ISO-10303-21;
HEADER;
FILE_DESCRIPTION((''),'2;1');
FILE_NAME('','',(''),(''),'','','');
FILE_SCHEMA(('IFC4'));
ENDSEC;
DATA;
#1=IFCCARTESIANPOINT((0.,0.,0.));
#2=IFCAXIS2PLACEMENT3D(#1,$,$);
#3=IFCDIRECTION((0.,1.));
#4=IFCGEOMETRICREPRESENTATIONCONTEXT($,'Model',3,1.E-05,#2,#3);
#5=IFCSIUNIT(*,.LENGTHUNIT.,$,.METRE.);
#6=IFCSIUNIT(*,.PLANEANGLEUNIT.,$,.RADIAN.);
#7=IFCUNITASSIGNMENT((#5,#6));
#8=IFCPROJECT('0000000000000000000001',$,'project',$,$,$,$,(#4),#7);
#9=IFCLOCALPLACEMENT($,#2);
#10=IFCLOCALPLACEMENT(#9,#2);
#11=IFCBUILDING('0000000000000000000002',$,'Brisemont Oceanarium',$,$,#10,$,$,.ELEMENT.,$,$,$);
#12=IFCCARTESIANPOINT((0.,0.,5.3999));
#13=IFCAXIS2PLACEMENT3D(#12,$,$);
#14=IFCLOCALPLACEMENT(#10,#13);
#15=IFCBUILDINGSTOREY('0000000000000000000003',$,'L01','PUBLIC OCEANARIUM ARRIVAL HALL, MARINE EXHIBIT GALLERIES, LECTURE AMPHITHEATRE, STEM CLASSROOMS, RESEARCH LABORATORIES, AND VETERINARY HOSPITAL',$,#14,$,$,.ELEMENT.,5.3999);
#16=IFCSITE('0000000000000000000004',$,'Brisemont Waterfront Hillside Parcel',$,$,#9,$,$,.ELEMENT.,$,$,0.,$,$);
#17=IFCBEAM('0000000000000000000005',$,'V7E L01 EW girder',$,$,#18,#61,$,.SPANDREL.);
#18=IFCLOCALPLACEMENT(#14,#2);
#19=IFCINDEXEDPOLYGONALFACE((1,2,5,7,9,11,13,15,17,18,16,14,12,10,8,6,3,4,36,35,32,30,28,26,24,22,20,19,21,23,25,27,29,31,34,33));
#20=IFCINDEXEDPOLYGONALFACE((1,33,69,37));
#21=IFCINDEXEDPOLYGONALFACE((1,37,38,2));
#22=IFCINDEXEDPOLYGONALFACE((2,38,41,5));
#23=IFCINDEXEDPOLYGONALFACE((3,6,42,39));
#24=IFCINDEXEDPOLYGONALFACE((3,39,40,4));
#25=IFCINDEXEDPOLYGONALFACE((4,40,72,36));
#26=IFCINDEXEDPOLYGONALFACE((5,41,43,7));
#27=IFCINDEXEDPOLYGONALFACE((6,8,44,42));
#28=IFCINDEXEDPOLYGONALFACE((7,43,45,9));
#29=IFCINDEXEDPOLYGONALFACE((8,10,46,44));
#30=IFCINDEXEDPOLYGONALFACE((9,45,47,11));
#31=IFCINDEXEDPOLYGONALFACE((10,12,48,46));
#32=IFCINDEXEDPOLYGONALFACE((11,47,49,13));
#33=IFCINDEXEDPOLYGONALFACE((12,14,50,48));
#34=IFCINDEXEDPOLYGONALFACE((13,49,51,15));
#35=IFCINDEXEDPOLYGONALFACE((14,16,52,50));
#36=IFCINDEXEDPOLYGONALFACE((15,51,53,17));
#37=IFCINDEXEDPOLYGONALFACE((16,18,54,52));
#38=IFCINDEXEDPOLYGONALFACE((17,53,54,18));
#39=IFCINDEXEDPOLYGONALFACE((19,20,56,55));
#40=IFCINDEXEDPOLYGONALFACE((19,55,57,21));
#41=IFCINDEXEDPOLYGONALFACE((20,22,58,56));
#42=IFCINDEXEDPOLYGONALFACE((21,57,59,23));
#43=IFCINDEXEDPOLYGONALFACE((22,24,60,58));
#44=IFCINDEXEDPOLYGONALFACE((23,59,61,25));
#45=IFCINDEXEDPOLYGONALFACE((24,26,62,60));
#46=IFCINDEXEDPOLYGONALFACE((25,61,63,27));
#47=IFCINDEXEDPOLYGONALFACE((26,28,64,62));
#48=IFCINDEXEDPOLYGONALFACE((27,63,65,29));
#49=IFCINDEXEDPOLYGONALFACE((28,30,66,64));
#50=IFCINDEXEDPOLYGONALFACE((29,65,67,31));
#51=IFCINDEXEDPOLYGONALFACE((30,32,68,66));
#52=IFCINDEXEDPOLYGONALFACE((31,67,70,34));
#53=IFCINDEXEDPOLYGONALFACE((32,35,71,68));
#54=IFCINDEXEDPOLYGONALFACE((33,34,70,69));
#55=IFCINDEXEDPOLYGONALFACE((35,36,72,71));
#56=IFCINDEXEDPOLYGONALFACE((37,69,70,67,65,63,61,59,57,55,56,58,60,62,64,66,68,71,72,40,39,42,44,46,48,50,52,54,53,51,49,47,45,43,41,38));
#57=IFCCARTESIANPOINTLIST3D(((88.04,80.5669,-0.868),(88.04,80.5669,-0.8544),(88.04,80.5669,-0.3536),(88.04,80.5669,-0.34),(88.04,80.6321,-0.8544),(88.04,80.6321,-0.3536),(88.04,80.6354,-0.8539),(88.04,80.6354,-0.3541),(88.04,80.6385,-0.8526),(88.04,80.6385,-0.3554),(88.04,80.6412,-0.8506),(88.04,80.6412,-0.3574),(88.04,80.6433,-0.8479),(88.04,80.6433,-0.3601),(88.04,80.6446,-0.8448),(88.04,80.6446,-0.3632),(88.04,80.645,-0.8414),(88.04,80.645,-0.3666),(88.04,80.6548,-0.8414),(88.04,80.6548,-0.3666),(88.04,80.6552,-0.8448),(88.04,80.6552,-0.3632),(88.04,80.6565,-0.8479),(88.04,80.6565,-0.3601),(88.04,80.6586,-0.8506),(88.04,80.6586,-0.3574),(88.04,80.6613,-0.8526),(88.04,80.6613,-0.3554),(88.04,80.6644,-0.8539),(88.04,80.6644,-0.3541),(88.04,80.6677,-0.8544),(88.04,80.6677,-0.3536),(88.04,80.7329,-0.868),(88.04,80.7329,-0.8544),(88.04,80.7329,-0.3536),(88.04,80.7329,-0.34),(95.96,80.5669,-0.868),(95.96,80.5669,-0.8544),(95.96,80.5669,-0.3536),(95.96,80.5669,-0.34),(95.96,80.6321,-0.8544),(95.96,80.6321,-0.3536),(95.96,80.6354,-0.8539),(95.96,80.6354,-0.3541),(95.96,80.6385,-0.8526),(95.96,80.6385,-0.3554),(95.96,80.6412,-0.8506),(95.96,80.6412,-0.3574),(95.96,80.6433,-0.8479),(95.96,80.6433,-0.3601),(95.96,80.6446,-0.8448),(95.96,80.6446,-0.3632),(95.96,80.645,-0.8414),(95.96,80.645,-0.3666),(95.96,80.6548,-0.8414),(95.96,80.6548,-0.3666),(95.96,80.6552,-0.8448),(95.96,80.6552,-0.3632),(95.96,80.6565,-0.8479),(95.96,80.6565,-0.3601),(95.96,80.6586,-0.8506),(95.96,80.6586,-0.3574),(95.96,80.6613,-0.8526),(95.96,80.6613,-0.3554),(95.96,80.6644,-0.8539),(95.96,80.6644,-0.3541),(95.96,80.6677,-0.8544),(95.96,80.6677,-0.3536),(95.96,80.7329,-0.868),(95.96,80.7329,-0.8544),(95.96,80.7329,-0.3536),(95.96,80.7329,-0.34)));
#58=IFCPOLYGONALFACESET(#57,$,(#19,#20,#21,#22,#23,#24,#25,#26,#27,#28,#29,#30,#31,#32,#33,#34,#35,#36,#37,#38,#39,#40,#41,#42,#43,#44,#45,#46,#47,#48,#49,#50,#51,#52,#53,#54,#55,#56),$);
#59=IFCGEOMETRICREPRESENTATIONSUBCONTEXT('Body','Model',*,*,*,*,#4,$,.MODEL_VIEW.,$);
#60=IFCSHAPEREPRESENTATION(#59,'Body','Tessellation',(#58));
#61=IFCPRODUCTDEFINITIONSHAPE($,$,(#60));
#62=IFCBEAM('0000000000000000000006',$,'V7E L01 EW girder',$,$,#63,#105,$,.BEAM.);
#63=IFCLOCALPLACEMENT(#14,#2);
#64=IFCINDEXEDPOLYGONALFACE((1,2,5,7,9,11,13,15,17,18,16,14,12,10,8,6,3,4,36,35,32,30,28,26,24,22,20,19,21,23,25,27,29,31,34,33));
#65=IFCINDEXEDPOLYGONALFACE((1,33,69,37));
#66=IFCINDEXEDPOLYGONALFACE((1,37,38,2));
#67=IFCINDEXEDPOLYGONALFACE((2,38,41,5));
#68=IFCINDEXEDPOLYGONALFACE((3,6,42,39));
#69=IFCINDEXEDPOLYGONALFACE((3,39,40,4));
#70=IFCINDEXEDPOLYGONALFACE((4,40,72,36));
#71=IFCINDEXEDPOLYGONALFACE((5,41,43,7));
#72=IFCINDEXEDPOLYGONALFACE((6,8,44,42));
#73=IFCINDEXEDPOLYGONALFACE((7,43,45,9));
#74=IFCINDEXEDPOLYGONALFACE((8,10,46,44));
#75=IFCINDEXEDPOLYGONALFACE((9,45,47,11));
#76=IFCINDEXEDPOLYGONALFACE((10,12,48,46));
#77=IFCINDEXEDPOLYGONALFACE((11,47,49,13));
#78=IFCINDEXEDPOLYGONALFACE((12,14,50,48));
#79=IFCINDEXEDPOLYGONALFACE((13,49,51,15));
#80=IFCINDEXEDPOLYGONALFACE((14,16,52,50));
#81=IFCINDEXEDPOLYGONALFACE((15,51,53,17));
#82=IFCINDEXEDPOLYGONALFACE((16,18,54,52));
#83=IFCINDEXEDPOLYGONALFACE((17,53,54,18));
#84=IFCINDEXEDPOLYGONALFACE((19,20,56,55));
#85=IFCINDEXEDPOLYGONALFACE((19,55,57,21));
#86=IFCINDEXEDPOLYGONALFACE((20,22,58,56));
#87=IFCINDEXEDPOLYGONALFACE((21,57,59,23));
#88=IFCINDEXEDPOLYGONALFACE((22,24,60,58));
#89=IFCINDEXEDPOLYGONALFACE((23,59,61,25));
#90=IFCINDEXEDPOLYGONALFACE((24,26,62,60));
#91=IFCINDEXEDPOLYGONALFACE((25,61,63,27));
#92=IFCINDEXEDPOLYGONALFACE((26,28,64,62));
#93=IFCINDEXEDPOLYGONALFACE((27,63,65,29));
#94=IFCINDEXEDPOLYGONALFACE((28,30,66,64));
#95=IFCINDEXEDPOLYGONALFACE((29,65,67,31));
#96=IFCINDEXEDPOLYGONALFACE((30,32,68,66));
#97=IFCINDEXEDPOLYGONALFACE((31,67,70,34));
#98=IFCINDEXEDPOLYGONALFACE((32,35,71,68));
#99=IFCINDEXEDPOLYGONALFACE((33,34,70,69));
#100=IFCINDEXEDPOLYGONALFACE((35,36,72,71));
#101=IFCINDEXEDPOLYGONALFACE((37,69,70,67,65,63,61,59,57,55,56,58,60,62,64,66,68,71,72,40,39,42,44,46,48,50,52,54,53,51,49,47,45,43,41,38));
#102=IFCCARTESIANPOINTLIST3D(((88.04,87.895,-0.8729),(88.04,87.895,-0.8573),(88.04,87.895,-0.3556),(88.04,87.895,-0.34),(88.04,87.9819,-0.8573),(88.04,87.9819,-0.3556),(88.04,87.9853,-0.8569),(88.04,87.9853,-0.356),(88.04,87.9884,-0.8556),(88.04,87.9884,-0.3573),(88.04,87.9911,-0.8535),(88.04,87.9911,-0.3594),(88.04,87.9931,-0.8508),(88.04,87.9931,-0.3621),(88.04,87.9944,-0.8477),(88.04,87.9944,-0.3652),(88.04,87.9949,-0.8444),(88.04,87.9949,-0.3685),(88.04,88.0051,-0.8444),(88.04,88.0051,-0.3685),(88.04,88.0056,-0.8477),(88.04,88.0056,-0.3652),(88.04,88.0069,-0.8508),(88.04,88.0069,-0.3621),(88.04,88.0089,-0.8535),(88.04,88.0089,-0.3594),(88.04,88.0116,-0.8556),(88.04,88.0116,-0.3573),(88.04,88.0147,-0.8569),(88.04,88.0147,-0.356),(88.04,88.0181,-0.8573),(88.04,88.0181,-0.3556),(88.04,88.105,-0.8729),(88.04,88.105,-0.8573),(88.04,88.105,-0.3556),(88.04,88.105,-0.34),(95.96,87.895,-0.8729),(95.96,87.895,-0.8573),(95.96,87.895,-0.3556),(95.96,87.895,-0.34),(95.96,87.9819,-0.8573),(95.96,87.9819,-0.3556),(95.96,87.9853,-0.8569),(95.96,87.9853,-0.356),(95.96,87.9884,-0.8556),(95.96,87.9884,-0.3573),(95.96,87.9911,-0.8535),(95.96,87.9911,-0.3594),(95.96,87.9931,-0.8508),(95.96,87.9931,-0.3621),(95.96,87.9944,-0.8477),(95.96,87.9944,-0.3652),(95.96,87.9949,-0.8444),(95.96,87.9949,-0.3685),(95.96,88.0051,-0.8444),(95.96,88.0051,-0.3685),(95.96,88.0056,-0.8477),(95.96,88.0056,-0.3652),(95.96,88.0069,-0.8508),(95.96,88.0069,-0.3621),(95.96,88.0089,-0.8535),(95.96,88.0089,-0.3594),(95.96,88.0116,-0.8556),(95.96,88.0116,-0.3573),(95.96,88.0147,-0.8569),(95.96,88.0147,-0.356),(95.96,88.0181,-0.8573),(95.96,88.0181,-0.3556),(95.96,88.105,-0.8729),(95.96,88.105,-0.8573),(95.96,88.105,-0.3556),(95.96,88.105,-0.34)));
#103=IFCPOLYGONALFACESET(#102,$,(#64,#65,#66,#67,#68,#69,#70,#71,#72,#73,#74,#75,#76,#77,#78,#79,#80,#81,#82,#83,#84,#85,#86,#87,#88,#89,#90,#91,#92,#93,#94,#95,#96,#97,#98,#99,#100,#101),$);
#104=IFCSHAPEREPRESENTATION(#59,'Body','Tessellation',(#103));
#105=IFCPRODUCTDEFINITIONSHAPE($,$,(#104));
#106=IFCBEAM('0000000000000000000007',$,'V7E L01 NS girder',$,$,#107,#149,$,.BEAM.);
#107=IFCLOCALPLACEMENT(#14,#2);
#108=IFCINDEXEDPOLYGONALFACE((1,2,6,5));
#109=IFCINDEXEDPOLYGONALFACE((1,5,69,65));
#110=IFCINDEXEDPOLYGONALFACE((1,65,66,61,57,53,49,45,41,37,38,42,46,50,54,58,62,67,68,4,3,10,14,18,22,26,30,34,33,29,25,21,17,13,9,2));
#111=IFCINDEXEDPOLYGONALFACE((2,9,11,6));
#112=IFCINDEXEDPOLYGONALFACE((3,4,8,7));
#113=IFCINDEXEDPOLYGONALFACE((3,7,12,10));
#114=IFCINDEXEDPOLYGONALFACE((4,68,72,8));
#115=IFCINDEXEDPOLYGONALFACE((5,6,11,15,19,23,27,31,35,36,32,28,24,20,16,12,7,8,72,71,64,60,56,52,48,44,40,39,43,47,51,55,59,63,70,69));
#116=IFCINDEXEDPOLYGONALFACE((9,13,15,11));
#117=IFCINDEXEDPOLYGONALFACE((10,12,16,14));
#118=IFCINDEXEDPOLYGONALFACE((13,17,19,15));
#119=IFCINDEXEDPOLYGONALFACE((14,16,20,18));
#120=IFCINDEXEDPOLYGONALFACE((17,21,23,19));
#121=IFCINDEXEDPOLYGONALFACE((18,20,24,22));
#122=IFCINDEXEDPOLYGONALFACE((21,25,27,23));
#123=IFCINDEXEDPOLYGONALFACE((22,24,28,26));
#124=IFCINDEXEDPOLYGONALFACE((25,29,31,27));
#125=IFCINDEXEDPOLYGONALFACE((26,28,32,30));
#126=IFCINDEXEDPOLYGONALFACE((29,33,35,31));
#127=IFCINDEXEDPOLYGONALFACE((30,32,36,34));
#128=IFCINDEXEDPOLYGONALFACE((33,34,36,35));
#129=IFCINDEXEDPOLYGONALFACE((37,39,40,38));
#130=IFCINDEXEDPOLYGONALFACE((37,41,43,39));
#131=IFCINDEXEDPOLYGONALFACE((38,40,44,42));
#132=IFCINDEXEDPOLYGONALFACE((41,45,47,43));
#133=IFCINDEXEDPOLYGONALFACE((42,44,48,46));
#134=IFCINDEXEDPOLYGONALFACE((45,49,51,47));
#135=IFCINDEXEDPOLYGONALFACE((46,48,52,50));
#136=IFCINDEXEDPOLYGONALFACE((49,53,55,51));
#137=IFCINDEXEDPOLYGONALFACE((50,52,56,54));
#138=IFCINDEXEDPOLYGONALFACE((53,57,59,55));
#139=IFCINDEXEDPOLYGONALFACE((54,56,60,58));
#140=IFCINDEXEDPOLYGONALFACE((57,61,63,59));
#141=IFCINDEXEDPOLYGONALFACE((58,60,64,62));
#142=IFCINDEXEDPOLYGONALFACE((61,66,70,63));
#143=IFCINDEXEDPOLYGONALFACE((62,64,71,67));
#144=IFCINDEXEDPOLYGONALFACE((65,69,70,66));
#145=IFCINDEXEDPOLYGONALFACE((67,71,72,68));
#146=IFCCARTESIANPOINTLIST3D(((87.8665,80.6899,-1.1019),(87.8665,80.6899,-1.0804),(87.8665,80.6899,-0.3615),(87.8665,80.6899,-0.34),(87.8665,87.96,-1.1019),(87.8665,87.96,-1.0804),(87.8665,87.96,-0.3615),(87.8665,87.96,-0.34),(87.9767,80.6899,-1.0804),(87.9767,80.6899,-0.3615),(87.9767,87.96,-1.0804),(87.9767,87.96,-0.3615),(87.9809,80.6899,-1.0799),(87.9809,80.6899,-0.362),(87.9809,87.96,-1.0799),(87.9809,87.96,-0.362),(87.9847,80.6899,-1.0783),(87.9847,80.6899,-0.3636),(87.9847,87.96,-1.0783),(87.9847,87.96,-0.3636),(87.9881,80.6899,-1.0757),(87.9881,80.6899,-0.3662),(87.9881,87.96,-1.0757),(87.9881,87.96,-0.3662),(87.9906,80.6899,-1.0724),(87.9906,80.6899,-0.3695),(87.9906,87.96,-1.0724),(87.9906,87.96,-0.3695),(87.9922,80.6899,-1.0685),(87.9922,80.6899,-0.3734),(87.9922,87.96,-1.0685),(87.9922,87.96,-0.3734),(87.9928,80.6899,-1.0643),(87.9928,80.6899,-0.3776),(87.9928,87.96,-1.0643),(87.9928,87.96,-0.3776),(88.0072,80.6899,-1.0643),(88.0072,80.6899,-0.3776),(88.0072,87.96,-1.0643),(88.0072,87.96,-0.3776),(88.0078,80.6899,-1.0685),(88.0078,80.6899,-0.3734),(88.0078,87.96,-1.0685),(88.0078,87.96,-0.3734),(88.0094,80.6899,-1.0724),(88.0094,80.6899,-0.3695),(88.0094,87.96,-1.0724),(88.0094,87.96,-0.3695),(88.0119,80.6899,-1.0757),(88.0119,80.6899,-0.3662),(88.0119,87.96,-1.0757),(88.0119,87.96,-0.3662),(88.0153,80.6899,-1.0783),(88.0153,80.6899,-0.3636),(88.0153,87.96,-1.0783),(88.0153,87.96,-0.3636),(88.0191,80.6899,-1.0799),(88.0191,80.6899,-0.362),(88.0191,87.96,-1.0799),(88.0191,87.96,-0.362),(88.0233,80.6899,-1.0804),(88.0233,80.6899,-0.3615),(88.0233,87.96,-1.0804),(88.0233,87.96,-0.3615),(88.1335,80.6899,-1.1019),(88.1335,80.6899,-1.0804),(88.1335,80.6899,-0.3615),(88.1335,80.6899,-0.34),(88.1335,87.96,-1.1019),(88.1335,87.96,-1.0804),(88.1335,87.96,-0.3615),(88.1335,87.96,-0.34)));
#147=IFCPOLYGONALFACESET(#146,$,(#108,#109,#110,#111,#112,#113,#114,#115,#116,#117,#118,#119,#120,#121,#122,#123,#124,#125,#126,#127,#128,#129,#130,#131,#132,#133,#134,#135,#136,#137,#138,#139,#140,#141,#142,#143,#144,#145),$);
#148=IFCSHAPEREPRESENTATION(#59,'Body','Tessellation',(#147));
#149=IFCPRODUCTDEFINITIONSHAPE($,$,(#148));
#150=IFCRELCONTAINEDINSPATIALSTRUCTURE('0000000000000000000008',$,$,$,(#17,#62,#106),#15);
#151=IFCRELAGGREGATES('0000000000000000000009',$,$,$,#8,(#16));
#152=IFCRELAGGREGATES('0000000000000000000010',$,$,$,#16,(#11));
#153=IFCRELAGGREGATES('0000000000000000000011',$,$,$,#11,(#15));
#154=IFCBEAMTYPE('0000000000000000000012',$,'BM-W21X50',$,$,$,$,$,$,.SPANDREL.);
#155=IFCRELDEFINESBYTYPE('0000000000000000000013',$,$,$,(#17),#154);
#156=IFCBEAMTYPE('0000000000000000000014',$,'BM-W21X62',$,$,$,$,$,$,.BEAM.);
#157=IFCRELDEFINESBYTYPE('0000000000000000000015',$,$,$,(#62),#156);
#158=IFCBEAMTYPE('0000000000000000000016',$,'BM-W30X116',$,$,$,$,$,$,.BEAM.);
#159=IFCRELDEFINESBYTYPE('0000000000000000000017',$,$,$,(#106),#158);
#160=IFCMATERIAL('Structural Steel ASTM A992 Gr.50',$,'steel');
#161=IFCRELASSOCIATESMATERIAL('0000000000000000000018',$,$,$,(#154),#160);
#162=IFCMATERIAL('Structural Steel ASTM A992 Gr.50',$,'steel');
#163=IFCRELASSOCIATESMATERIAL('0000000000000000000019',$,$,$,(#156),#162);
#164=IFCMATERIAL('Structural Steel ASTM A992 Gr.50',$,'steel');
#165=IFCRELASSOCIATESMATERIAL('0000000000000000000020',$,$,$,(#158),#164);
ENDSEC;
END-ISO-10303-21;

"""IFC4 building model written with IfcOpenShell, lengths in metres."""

from ifc_helpers import new_model, si_unit, direction, frame, origin, origin_2d, place, context, subcontext, project, spatial, i_section, extrude, material, material_profile, profile_set, type_object, element, save


model = new_model("IFC4")

# Units and contexts
model_context = context("Model", 3, precision=1e-05, world=origin(), true_north=direction((0.0, 1.0)))
body_context = subcontext(model_context, "Body", "Model", "MODEL_VIEW")
ifc_project = project(units=[si_unit("LENGTHUNIT", "METRE"), si_unit("PLANEANGLEUNIT", "RADIAN")], contexts=[model_context])

# Site, building, storey
site_placement = place(None, origin())
site = spatial("IfcSite", under=ifc_project, at=site_placement, Name="Brisemont Waterfront Hillside Parcel", CompositionType="ELEMENT", RefElevation=0.0)
building_placement = place(site_placement, origin())
building = spatial("IfcBuilding", under=site, at=building_placement, Name="Brisemont Oceanarium", CompositionType="ELEMENT")
storey_placement = place(building_placement, frame((0.0, 0.0, 5.3999)))
storey = spatial("IfcBuildingStorey", under=building, at=storey_placement, Name="L01", Description="PUBLIC OCEANARIUM ARRIVAL HALL, MARINE EXHIBIT GALLERIES, LECTURE AMPHITHEATRE, STEM CLASSROOMS, RESEARCH LABORATORIES, AND VETERINARY HOSPITAL", CompositionType="ELEMENT", Elevation=5.3999)

# Beams
ifc_material_1 = material(Name="Structural Steel ASTM A992 Gr.50", Category="steel")
ifc_material_profile_1 = material_profile(ifc_material_1, i_section(OverallWidth=0.166, OverallDepth=0.5281, WebThickness=0.0098, FlangeThickness=0.0137, FilletRadius=0.0129, at=origin_2d()), Name="W21X50")
ifc_profile_set_1 = profile_set([ifc_material_profile_1], Name="Structural Steel ASTM A992 Gr.50")
beam_type_1 = type_object("IfcBeamType", Name="BM-W21X50", PredefinedType="SPANDREL", material=ifc_profile_set_1)
beam_1_placement = place(storey_placement, frame((88.04, 80.6499, -0.604), z_axis=(1.0, 0.0, 0.0), x_axis=(0.0, 1.0, 0.0)))
element("IfcBeam", 1, at=beam_1_placement, inside=storey, type_object=beam_type_1, Name="V7E L01 EW girder", PredefinedType="SPANDREL", context=body_context, shape_type="SweptSolid", body=[
    extrude(i_section(OverallWidth=0.166, OverallDepth=0.5281, WebThickness=0.0098, FlangeThickness=0.0137, FilletRadius=0.0129, at=origin_2d()), origin(), (0.0, 0.0, 1.0), 7.9199),
])
ifc_material_2 = material(Name="Structural Steel ASTM A992 Gr.50", Category="steel")
ifc_material_profile_2 = material_profile(ifc_material_2, i_section(OverallWidth=0.21, OverallDepth=0.533, WebThickness=0.0103, FlangeThickness=0.0156, FilletRadius=0.0129, at=origin_2d()), Name="W21X62")
ifc_profile_set_2 = profile_set([ifc_material_profile_2], Name="Structural Steel ASTM A992 Gr.50")
beam_type_2 = type_object("IfcBeamType", Name="BM-W21X62", PredefinedType="BEAM", material=ifc_profile_set_2)
beam_2_placement = place(storey_placement, frame((88.04, 88.0, -0.6064), z_axis=(1.0, 0.0, 0.0), x_axis=(0.0, 1.0, 0.0)))
element("IfcBeam", 2, at=beam_2_placement, inside=storey, type_object=beam_type_2, Name="V7E L01 EW girder", PredefinedType="BEAM", context=body_context, shape_type="SweptSolid", body=[
    extrude(i_section(OverallWidth=0.21, OverallDepth=0.533, WebThickness=0.0103, FlangeThickness=0.0156, FilletRadius=0.0129, at=origin_2d()), origin(), (0.0, 0.0, 1.0), 7.9199),
])
ifc_material_3 = material(Name="Structural Steel ASTM A992 Gr.50", Category="steel")
ifc_material_profile_3 = material_profile(ifc_material_3, i_section(OverallWidth=0.2671, OverallDepth=0.762, WebThickness=0.0144, FlangeThickness=0.0215, FilletRadius=0.0161, at=origin_2d()), Name="W30X116")
ifc_profile_set_3 = profile_set([ifc_material_profile_3], Name="Structural Steel ASTM A992 Gr.50")
beam_type_3 = type_object("IfcBeamType", Name="BM-W30X116", PredefinedType="BEAM", material=ifc_profile_set_3)
beam_3_placement = place(storey_placement, frame((88.0, 80.6899, -0.7209), z_axis=(0.0, 1.0, 0.0), x_axis=(-1.0, 0.0, 0.0)))
element("IfcBeam", 3, at=beam_3_placement, inside=storey, type_object=beam_type_3, Name="V7E L01 NS girder", PredefinedType="BEAM", context=body_context, shape_type="SweptSolid", body=[
    extrude(i_section(OverallWidth=0.2671, OverallDepth=0.762, WebThickness=0.0144, FlangeThickness=0.0215, FilletRadius=0.0161, at=origin_2d()), origin(), (0.0, 0.0, 1.0), 7.27),
])

save(model, "model.ifc")
